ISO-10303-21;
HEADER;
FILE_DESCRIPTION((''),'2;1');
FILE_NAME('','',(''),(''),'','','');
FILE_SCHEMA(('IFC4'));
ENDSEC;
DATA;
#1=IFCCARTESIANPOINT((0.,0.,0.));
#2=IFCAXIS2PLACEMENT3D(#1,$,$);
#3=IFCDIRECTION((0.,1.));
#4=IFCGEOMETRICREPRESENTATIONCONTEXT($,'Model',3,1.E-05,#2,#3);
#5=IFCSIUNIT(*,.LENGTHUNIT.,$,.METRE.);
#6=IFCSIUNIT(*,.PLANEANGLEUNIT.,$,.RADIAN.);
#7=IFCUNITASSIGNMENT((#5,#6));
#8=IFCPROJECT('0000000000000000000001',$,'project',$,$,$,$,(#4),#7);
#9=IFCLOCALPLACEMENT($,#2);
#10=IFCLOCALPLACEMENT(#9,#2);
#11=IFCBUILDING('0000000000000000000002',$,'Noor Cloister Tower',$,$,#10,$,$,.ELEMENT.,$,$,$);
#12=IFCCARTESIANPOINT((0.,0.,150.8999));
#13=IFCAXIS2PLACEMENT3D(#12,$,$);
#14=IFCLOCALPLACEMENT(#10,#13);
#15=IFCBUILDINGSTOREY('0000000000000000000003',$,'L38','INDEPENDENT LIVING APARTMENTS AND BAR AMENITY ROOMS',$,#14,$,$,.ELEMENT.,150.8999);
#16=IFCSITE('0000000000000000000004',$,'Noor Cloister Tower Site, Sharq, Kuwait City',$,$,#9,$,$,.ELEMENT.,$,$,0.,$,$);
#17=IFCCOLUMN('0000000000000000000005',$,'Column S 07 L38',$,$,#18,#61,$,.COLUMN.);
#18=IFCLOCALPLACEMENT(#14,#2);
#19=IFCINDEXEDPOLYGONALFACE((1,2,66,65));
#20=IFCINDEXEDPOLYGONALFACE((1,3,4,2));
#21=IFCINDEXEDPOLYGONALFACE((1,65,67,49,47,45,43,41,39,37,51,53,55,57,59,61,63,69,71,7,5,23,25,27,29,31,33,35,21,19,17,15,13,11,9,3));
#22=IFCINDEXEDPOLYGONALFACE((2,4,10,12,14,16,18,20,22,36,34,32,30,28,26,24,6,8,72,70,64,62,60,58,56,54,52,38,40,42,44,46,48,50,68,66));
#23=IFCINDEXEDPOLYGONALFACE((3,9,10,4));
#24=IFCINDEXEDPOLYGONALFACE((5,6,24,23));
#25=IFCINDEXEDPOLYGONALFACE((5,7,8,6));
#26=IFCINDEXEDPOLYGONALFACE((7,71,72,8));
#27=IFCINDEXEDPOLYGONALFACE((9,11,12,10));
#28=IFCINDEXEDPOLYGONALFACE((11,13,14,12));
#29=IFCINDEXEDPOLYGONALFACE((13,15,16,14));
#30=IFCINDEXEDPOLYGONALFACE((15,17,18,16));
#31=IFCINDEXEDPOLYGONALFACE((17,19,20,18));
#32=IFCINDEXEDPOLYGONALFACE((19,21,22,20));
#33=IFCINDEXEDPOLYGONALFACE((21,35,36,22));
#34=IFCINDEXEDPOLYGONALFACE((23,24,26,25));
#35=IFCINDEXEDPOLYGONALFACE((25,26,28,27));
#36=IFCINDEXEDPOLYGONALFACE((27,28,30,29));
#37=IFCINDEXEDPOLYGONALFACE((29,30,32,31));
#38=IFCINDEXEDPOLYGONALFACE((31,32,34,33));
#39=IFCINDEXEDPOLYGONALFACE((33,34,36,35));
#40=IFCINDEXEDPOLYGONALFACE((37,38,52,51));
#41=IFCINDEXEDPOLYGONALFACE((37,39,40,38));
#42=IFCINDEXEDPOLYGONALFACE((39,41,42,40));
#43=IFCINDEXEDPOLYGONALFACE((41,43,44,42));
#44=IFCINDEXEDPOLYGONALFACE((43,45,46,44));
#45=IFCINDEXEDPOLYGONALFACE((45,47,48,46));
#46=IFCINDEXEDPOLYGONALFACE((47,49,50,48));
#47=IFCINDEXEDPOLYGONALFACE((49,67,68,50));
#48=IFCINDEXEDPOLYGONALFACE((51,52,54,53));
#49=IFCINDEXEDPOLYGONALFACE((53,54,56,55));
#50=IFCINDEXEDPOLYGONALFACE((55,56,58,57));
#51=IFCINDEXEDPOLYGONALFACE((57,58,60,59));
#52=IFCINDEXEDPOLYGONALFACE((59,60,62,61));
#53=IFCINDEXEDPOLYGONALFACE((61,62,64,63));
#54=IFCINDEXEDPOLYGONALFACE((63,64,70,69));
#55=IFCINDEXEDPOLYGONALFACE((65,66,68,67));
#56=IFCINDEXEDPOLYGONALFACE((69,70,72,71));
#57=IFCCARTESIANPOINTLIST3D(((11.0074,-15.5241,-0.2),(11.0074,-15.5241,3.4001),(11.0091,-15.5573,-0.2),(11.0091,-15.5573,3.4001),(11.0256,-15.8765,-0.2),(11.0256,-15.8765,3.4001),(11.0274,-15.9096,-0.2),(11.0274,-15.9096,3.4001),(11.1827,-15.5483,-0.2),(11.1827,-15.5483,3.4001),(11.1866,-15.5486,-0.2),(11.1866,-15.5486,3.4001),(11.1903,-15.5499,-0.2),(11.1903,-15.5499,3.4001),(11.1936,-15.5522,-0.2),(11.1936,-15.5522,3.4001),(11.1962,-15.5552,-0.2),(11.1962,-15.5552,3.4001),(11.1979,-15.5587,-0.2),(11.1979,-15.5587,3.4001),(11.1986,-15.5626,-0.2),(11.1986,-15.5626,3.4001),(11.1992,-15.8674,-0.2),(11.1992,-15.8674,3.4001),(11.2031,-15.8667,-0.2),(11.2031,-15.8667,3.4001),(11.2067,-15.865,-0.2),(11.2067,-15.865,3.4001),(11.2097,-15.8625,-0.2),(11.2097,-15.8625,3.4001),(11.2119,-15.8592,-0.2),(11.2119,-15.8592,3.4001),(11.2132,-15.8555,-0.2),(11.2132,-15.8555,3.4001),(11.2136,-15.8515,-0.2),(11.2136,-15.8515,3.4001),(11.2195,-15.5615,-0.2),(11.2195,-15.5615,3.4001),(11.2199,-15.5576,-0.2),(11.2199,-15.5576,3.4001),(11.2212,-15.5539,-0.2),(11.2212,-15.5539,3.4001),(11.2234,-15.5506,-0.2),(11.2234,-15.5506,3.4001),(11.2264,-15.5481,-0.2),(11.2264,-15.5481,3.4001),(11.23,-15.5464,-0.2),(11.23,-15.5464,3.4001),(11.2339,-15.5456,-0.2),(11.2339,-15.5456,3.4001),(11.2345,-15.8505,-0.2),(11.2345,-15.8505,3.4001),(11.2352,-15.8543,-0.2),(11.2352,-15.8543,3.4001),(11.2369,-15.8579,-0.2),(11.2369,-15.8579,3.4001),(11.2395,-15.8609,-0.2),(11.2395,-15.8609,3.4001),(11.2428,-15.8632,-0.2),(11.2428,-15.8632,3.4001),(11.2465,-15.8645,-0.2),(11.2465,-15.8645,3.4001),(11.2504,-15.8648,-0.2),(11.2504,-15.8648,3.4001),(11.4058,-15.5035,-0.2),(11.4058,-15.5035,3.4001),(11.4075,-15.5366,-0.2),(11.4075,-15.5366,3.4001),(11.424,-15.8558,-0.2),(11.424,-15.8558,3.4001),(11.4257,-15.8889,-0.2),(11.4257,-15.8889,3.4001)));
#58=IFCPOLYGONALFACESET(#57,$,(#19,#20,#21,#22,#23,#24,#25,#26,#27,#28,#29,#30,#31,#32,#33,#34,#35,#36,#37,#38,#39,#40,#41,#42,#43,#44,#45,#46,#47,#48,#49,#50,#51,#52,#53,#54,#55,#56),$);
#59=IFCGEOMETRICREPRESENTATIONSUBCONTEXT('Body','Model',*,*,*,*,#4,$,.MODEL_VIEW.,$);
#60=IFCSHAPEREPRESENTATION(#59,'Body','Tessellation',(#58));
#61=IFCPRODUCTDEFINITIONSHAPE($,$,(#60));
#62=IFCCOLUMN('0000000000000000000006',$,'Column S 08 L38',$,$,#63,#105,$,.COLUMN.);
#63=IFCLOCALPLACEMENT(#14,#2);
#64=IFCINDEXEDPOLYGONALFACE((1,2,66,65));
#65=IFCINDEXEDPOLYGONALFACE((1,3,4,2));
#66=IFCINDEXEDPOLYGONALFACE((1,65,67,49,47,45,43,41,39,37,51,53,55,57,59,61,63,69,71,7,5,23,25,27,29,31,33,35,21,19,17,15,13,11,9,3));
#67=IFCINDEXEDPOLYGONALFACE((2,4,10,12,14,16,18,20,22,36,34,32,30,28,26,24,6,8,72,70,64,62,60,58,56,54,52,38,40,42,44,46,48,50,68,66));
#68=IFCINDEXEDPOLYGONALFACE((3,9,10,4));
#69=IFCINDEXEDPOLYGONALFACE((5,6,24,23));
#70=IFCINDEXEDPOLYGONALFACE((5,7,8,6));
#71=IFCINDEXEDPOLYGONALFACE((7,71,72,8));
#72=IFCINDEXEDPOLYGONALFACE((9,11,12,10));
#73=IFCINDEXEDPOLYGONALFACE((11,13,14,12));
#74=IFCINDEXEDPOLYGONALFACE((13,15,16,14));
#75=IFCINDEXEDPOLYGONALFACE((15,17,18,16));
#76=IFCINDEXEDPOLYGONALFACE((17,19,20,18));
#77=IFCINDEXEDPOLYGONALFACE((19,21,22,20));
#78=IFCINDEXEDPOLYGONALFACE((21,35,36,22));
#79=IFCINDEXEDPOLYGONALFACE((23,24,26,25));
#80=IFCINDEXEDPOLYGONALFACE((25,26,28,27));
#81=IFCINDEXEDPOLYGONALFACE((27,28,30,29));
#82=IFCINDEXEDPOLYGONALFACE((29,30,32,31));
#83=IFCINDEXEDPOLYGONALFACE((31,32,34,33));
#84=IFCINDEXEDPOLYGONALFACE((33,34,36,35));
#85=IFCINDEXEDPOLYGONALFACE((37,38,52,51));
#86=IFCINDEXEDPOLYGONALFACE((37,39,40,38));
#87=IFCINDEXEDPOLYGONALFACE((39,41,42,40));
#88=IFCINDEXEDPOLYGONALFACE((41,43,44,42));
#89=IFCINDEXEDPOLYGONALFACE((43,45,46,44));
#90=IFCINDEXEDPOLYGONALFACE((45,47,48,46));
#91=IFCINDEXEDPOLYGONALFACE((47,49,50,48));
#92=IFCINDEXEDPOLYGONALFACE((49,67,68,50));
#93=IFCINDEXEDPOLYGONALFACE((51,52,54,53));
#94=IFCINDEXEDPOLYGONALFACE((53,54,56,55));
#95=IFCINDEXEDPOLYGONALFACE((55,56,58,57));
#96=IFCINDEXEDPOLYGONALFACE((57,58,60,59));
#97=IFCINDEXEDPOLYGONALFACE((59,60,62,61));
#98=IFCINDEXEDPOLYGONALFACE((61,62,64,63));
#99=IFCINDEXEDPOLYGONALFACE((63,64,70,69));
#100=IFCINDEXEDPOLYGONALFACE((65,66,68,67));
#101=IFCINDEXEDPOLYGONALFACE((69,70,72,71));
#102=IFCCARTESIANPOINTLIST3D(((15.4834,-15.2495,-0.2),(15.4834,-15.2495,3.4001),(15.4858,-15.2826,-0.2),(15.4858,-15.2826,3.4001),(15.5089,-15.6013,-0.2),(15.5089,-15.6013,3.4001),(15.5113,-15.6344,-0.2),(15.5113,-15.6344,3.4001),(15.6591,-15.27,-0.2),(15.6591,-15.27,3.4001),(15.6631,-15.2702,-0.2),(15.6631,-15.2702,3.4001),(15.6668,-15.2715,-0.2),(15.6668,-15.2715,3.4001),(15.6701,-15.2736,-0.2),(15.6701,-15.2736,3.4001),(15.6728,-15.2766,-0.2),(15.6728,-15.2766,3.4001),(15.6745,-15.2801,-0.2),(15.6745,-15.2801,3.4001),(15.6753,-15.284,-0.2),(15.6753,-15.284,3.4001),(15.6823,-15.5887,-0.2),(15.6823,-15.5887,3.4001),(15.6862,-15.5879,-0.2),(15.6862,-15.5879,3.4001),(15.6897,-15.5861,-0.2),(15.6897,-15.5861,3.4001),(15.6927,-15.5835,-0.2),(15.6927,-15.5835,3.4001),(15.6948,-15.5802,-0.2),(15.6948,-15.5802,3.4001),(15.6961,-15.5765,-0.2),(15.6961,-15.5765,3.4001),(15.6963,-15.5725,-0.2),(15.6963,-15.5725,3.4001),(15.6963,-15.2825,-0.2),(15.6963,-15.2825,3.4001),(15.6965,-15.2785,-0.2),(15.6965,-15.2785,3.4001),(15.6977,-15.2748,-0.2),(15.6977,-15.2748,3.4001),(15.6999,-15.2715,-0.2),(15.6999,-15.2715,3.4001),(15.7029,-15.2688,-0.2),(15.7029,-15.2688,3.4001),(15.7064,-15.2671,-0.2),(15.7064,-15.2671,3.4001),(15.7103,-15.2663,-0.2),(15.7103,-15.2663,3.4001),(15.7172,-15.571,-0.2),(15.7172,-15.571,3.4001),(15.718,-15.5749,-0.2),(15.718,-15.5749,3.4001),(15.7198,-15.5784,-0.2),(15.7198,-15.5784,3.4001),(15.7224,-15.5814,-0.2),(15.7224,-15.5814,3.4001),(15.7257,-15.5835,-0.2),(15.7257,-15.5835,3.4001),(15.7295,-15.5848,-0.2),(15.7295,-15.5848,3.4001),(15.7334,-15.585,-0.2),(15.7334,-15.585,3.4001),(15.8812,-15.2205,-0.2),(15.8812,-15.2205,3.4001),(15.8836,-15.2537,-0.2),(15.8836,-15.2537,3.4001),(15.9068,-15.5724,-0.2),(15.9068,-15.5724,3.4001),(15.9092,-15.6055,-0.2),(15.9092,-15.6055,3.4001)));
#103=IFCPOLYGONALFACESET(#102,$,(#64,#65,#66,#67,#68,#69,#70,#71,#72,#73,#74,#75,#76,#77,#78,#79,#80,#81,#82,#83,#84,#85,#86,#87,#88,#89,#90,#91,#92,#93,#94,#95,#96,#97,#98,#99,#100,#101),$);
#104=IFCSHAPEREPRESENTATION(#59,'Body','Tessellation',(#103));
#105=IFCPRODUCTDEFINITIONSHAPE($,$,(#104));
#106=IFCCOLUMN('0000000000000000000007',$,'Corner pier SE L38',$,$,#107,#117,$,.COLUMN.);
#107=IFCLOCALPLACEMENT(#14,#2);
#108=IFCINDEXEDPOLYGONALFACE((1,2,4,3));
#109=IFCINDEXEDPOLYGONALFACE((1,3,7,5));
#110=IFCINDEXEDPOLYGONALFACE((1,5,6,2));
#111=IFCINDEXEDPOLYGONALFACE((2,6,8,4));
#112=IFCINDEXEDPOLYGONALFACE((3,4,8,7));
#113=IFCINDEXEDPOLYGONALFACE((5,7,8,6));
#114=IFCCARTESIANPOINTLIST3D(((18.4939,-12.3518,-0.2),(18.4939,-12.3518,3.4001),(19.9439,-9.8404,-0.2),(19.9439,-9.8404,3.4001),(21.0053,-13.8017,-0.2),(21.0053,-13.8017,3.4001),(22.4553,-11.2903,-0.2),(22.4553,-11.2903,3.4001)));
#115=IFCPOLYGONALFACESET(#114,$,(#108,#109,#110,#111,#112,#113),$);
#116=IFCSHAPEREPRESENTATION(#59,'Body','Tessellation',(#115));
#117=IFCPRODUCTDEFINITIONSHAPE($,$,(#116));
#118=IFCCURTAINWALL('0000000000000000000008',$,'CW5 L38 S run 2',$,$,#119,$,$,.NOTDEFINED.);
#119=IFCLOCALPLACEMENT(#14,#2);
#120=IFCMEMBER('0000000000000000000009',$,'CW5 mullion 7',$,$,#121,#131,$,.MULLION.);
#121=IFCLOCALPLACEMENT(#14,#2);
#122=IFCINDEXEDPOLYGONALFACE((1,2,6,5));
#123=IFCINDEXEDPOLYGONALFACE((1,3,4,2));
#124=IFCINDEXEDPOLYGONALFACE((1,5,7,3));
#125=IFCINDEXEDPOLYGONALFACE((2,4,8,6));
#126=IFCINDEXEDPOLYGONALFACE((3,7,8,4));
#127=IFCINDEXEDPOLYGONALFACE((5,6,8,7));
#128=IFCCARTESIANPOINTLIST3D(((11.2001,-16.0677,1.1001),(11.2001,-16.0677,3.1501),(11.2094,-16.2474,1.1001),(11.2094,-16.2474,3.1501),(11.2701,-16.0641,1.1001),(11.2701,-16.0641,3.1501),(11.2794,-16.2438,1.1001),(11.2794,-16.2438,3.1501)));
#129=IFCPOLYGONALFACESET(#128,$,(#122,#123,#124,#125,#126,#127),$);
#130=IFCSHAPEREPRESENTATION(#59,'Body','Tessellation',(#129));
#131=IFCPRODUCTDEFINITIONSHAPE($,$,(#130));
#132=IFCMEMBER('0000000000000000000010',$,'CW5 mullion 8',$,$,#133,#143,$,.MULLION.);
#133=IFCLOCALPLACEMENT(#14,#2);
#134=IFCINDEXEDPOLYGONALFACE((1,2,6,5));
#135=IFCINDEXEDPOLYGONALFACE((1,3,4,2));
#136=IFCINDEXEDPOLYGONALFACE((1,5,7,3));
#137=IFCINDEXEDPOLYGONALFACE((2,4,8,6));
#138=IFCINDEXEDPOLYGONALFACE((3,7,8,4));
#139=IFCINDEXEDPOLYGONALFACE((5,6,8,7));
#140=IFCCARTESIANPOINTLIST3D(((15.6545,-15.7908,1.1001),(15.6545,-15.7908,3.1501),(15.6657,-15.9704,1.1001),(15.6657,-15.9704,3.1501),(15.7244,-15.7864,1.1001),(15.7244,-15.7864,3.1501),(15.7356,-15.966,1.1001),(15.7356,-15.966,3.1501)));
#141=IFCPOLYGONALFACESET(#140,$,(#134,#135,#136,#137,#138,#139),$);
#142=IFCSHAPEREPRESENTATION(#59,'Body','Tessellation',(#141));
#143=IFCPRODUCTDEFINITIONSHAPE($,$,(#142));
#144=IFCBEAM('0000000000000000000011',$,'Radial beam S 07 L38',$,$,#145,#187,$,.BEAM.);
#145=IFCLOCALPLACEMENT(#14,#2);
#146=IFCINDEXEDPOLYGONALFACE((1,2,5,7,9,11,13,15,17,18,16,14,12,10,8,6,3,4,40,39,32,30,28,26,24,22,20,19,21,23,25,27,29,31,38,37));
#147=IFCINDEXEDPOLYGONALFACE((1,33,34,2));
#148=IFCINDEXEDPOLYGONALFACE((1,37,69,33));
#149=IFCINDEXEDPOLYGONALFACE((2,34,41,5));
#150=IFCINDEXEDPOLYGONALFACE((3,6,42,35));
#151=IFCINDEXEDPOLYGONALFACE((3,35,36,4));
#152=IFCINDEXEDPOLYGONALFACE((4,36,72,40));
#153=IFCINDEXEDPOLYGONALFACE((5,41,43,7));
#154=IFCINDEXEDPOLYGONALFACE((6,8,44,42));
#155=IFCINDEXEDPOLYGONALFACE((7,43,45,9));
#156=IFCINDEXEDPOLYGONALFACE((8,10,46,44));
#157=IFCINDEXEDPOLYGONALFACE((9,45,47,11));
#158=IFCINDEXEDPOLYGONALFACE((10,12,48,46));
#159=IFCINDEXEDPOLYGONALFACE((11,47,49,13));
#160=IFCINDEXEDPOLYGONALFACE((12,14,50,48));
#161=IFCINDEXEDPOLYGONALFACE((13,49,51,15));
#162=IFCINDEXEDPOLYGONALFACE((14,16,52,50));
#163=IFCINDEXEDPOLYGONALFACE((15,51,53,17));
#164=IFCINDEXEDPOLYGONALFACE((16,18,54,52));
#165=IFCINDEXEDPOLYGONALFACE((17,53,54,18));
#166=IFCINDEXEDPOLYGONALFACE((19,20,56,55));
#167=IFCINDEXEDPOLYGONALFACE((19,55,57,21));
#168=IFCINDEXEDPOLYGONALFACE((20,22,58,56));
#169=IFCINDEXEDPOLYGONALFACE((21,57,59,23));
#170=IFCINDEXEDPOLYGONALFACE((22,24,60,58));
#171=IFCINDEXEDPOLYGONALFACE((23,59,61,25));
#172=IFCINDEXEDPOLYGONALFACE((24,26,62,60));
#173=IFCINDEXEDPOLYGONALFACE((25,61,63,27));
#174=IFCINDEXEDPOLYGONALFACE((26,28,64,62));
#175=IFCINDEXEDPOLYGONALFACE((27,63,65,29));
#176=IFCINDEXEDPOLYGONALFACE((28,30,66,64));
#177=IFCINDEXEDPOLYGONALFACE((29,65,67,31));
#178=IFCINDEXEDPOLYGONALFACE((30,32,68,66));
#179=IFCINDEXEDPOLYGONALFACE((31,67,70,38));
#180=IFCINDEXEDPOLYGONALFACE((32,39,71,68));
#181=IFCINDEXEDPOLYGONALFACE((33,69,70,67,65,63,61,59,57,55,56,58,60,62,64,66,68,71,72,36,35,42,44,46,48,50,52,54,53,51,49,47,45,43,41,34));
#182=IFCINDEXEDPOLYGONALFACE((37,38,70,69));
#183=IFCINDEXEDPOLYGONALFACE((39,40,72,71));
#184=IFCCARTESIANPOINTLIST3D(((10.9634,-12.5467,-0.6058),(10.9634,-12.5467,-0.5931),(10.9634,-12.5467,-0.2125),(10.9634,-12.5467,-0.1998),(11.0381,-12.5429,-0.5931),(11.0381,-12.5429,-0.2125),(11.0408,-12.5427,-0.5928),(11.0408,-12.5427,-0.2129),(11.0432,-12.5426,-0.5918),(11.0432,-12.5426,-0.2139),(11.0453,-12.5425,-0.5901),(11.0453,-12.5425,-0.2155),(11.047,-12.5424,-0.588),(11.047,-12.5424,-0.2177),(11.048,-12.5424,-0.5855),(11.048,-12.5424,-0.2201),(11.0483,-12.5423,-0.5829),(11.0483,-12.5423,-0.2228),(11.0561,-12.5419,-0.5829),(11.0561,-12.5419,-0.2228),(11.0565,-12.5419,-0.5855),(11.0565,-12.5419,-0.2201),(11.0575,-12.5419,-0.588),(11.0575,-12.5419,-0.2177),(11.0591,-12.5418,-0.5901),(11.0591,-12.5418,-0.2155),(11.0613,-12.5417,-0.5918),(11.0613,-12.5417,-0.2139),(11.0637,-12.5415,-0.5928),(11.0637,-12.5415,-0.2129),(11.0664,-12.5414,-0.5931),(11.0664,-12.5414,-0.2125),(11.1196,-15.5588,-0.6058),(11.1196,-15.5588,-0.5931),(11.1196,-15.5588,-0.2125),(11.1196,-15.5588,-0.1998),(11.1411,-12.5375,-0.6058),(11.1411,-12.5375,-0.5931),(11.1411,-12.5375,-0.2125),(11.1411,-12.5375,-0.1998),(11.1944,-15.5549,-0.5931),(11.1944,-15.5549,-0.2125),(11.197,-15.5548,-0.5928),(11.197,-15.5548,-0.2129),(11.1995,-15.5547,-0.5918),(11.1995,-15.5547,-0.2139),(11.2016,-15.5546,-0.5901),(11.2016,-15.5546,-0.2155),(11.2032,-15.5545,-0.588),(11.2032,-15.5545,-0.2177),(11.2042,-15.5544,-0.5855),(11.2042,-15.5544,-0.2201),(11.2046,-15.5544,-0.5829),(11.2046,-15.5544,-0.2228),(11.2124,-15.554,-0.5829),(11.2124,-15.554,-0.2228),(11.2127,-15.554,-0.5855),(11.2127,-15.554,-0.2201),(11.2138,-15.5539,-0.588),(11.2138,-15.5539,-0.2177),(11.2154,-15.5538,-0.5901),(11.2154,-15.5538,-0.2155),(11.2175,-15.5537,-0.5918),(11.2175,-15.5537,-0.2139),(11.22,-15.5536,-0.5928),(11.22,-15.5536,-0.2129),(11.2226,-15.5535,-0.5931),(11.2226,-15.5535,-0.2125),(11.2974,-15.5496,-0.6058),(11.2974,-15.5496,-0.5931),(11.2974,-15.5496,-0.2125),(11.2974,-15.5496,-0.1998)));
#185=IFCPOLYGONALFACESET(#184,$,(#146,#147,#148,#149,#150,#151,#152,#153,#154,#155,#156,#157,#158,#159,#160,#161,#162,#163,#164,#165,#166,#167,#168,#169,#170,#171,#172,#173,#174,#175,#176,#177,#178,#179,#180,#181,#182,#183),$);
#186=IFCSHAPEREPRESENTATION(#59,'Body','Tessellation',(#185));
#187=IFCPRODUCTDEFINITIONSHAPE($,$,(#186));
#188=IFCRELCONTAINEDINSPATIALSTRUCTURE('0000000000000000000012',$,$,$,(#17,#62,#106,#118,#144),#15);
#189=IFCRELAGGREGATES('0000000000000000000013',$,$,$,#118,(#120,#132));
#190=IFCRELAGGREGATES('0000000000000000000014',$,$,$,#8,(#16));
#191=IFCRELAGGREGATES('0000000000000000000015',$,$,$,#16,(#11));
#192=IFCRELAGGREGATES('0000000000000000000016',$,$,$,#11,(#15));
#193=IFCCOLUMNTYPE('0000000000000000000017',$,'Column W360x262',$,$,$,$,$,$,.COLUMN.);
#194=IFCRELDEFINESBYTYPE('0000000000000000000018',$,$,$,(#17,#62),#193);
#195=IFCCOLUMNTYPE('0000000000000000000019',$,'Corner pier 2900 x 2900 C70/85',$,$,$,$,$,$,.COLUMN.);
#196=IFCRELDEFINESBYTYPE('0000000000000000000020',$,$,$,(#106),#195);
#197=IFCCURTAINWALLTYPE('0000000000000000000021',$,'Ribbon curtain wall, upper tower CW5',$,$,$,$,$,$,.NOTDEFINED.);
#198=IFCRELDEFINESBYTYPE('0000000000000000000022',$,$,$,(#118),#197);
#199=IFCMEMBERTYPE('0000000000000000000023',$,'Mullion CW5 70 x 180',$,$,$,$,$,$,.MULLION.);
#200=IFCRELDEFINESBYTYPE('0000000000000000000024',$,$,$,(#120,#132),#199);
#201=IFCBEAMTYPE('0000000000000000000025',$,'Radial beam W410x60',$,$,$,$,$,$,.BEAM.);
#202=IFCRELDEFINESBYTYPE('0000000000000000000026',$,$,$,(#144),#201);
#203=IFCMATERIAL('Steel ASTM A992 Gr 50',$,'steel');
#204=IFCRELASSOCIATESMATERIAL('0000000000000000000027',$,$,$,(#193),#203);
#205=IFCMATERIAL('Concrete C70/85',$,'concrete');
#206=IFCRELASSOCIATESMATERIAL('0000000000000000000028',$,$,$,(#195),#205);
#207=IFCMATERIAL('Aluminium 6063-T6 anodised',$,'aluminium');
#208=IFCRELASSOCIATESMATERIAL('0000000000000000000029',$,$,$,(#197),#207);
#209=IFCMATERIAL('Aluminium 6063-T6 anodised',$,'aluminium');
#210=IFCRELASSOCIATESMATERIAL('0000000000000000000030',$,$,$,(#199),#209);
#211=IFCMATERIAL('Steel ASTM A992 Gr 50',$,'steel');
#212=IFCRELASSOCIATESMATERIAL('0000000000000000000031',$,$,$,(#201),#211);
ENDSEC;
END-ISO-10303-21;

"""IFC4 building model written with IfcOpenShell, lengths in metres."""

from ifc_helpers import new_model, si_unit, direction, frame, origin, origin_2d, place, context, subcontext, project, spatial, rectangle, i_section, extrude, material, material_profile, profile_set, type_object, element, aggregate, save


model = new_model("IFC4")

# Units and contexts
model_context = context("Model", 3, precision=1e-05, world=origin(), true_north=direction((0.0, 1.0)))
body_context = subcontext(model_context, "Body", "Model", "MODEL_VIEW")
ifc_project = project(units=[si_unit("LENGTHUNIT", "METRE"), si_unit("PLANEANGLEUNIT", "RADIAN")], contexts=[model_context])

# Site, building, storey
site_placement = place(None, origin())
site = spatial("IfcSite", under=ifc_project, at=site_placement, Name="Noor Cloister Tower Site, Sharq, Kuwait City", CompositionType="ELEMENT", RefElevation=0.0)
building_placement = place(site_placement, origin())
building = spatial("IfcBuilding", under=site, at=building_placement, Name="Noor Cloister Tower", CompositionType="ELEMENT")
storey_placement = place(building_placement, frame((0.0, 0.0, 150.8999)))
storey = spatial("IfcBuildingStorey", under=building, at=storey_placement, Name="L38", Description="INDEPENDENT LIVING APARTMENTS AND BAR AMENITY ROOMS", CompositionType="ELEMENT", Elevation=150.8999)

# Columns
ifc_material_1 = material(Name="Steel ASTM A992 Gr 50", Category="steel")
ifc_material_profile_1 = material_profile(ifc_material_1, i_section(OverallWidth=0.3989, OverallDepth=0.386, WebThickness=0.021, FlangeThickness=0.0332, FilletRadius=0.0151, at=origin_2d()), Name="W360x262")
ifc_profile_set_1 = profile_set([ifc_material_profile_1], Name="Steel ASTM A992 Gr 50")
column_type_1 = type_object("IfcColumnType", Name="Column W360x262", PredefinedType="COLUMN", material=ifc_profile_set_1)
for number, where, z_axis, x_axis, name in (
    (1, (11.2166, -15.7065, -0.2), (0.0, 0.0, 1.0), (0.998658, 0.051799, 0.0), "Column S 07 L38"),
    (2, (15.6963, -15.4275, -0.2), (0.0, 0.0, 1.0), (0.997369, 0.072487, 0.0), "Column S 08 L38"),
):
    element("IfcColumn", number, at=place(storey_placement, frame(where, z_axis=z_axis, x_axis=x_axis)), inside=storey, type_object=column_type_1, Name=name, PredefinedType="COLUMN", context=body_context, shape_type="SweptSolid", body=[
        extrude(i_section(OverallWidth=0.3989, OverallDepth=0.386, WebThickness=0.021, FlangeThickness=0.0332, FilletRadius=0.0151, at=origin_2d()), origin(), (0.0, 0.0, 1.0), 3.6001),
    ])
ifc_material_2 = material(Name="Concrete C70/85", Category="concrete")
ifc_material_profile_2 = material_profile(ifc_material_2, rectangle(XDim=2.8999, YDim=2.8999, at=origin_2d()), Name="RC 2900x2900")
ifc_profile_set_2 = profile_set([ifc_material_profile_2], Name="Concrete C70/85")
column_type_2 = type_object("IfcColumnType", Name="Corner pier 2900 x 2900 C70/85", PredefinedType="COLUMN", material=ifc_profile_set_2)
column_placement = place(storey_placement, frame((20.4746, -11.821, -0.2), z_axis=(0.0, 0.0, 1.0), x_axis=(0.866025, -0.5, 0.0)))
element("IfcColumn", 3, at=column_placement, inside=storey, type_object=column_type_2, Name="Corner pier SE L38", PredefinedType="COLUMN", context=body_context, shape_type="SweptSolid", body=[
    extrude(rectangle(XDim=2.8999, YDim=2.8999, at=origin_2d()), origin(), (0.0, 0.0, 1.0), 3.6001),
])

# Curtain wall, members
ifc_material_3 = material(Name="Aluminium 6063-T6 anodised", Category="aluminium")
curtain_wall_type = type_object("IfcCurtainWallType", Name="Ribbon curtain wall, upper tower CW5", PredefinedType="NOTDEFINED", material=ifc_material_3)
curtain_wall_placement = place(storey_placement, origin())
curtain_wall = element("IfcCurtainWall", 4, at=curtain_wall_placement, inside=storey, type_object=curtain_wall_type, Name="CW5 L38 S run 2", PredefinedType="NOTDEFINED")
ifc_material_4 = material(Name="Aluminium 6063-T6 anodised", Category="aluminium")
ifc_material_profile_3 = material_profile(ifc_material_4, rectangle(XDim=0.1799, YDim=0.0701, at=origin_2d()), Name="180 x 70 mullion")
ifc_profile_set_3 = profile_set([ifc_material_profile_3], Name="Aluminium 6063-T6 anodised")
member_type = type_object("IfcMemberType", Name="Mullion CW5 70 x 180", PredefinedType="MULLION", material=ifc_profile_set_3)
member_1_placement = place(storey_placement, frame((11.2397, -16.1558, 1.1001), z_axis=(0.0, 0.0, 1.0), x_axis=(-0.051799, 0.998658, 0.0)))
member_1 = element("IfcMember", 5, at=member_1_placement, type_object=member_type, Name="CW5 mullion 7", PredefinedType="MULLION", context=body_context, shape_type="SweptSolid", body=[
    extrude(rectangle(XDim=0.1799, YDim=0.0701, at=origin_2d()), origin(), (0.0, 0.0, 1.0), 2.05),
])
member_2_placement = place(storey_placement, frame((15.6951, -15.8784, 1.1001), z_axis=(0.0, 0.0, 1.0), x_axis=(-0.062146, 0.998067, 0.0)))
member_2 = element("IfcMember", 6, at=member_2_placement, type_object=member_type, Name="CW5 mullion 8", PredefinedType="MULLION", context=body_context, shape_type="SweptSolid", body=[
    extrude(rectangle(XDim=0.1799, YDim=0.0701, at=origin_2d()), origin(), (0.0, 0.0, 1.0), 2.05),
])

# Beam
ifc_material_5 = material(Name="Steel ASTM A992 Gr 50", Category="steel")
ifc_material_profile_4 = material_profile(ifc_material_5, i_section(OverallWidth=0.178, OverallDepth=0.406, WebThickness=0.0078, FlangeThickness=0.0127, FilletRadius=0.0103, at=origin_2d()), Name="W410x60")
ifc_profile_set_4 = profile_set([ifc_material_profile_4], Name="Steel ASTM A992 Gr 50")
beam_type_1 = type_object("IfcBeamType", Name="Radial beam W410x60", PredefinedType="BEAM", material=ifc_profile_set_4)
beam_1_placement = place(storey_placement, frame((11.2085, -15.5542, -0.4028), z_axis=(-0.051807, 0.998657, 0.0), x_axis=(-0.998657, -0.051807, 0.0)))
element("IfcBeam", 7, at=beam_1_placement, inside=storey, type_object=beam_type_1, Name="Radial beam S 07 L38", PredefinedType="BEAM", context=body_context, shape_type="SweptSolid", body=[
    extrude(i_section(OverallWidth=0.178, OverallDepth=0.406, WebThickness=0.0078, FlangeThickness=0.0127, FilletRadius=0.0103, at=origin_2d()), origin(), (0.0, 0.0, 1.0), 3.0161),
])

aggregate(curtain_wall, [member_1, member_2])

save(model, "model.ifc")
